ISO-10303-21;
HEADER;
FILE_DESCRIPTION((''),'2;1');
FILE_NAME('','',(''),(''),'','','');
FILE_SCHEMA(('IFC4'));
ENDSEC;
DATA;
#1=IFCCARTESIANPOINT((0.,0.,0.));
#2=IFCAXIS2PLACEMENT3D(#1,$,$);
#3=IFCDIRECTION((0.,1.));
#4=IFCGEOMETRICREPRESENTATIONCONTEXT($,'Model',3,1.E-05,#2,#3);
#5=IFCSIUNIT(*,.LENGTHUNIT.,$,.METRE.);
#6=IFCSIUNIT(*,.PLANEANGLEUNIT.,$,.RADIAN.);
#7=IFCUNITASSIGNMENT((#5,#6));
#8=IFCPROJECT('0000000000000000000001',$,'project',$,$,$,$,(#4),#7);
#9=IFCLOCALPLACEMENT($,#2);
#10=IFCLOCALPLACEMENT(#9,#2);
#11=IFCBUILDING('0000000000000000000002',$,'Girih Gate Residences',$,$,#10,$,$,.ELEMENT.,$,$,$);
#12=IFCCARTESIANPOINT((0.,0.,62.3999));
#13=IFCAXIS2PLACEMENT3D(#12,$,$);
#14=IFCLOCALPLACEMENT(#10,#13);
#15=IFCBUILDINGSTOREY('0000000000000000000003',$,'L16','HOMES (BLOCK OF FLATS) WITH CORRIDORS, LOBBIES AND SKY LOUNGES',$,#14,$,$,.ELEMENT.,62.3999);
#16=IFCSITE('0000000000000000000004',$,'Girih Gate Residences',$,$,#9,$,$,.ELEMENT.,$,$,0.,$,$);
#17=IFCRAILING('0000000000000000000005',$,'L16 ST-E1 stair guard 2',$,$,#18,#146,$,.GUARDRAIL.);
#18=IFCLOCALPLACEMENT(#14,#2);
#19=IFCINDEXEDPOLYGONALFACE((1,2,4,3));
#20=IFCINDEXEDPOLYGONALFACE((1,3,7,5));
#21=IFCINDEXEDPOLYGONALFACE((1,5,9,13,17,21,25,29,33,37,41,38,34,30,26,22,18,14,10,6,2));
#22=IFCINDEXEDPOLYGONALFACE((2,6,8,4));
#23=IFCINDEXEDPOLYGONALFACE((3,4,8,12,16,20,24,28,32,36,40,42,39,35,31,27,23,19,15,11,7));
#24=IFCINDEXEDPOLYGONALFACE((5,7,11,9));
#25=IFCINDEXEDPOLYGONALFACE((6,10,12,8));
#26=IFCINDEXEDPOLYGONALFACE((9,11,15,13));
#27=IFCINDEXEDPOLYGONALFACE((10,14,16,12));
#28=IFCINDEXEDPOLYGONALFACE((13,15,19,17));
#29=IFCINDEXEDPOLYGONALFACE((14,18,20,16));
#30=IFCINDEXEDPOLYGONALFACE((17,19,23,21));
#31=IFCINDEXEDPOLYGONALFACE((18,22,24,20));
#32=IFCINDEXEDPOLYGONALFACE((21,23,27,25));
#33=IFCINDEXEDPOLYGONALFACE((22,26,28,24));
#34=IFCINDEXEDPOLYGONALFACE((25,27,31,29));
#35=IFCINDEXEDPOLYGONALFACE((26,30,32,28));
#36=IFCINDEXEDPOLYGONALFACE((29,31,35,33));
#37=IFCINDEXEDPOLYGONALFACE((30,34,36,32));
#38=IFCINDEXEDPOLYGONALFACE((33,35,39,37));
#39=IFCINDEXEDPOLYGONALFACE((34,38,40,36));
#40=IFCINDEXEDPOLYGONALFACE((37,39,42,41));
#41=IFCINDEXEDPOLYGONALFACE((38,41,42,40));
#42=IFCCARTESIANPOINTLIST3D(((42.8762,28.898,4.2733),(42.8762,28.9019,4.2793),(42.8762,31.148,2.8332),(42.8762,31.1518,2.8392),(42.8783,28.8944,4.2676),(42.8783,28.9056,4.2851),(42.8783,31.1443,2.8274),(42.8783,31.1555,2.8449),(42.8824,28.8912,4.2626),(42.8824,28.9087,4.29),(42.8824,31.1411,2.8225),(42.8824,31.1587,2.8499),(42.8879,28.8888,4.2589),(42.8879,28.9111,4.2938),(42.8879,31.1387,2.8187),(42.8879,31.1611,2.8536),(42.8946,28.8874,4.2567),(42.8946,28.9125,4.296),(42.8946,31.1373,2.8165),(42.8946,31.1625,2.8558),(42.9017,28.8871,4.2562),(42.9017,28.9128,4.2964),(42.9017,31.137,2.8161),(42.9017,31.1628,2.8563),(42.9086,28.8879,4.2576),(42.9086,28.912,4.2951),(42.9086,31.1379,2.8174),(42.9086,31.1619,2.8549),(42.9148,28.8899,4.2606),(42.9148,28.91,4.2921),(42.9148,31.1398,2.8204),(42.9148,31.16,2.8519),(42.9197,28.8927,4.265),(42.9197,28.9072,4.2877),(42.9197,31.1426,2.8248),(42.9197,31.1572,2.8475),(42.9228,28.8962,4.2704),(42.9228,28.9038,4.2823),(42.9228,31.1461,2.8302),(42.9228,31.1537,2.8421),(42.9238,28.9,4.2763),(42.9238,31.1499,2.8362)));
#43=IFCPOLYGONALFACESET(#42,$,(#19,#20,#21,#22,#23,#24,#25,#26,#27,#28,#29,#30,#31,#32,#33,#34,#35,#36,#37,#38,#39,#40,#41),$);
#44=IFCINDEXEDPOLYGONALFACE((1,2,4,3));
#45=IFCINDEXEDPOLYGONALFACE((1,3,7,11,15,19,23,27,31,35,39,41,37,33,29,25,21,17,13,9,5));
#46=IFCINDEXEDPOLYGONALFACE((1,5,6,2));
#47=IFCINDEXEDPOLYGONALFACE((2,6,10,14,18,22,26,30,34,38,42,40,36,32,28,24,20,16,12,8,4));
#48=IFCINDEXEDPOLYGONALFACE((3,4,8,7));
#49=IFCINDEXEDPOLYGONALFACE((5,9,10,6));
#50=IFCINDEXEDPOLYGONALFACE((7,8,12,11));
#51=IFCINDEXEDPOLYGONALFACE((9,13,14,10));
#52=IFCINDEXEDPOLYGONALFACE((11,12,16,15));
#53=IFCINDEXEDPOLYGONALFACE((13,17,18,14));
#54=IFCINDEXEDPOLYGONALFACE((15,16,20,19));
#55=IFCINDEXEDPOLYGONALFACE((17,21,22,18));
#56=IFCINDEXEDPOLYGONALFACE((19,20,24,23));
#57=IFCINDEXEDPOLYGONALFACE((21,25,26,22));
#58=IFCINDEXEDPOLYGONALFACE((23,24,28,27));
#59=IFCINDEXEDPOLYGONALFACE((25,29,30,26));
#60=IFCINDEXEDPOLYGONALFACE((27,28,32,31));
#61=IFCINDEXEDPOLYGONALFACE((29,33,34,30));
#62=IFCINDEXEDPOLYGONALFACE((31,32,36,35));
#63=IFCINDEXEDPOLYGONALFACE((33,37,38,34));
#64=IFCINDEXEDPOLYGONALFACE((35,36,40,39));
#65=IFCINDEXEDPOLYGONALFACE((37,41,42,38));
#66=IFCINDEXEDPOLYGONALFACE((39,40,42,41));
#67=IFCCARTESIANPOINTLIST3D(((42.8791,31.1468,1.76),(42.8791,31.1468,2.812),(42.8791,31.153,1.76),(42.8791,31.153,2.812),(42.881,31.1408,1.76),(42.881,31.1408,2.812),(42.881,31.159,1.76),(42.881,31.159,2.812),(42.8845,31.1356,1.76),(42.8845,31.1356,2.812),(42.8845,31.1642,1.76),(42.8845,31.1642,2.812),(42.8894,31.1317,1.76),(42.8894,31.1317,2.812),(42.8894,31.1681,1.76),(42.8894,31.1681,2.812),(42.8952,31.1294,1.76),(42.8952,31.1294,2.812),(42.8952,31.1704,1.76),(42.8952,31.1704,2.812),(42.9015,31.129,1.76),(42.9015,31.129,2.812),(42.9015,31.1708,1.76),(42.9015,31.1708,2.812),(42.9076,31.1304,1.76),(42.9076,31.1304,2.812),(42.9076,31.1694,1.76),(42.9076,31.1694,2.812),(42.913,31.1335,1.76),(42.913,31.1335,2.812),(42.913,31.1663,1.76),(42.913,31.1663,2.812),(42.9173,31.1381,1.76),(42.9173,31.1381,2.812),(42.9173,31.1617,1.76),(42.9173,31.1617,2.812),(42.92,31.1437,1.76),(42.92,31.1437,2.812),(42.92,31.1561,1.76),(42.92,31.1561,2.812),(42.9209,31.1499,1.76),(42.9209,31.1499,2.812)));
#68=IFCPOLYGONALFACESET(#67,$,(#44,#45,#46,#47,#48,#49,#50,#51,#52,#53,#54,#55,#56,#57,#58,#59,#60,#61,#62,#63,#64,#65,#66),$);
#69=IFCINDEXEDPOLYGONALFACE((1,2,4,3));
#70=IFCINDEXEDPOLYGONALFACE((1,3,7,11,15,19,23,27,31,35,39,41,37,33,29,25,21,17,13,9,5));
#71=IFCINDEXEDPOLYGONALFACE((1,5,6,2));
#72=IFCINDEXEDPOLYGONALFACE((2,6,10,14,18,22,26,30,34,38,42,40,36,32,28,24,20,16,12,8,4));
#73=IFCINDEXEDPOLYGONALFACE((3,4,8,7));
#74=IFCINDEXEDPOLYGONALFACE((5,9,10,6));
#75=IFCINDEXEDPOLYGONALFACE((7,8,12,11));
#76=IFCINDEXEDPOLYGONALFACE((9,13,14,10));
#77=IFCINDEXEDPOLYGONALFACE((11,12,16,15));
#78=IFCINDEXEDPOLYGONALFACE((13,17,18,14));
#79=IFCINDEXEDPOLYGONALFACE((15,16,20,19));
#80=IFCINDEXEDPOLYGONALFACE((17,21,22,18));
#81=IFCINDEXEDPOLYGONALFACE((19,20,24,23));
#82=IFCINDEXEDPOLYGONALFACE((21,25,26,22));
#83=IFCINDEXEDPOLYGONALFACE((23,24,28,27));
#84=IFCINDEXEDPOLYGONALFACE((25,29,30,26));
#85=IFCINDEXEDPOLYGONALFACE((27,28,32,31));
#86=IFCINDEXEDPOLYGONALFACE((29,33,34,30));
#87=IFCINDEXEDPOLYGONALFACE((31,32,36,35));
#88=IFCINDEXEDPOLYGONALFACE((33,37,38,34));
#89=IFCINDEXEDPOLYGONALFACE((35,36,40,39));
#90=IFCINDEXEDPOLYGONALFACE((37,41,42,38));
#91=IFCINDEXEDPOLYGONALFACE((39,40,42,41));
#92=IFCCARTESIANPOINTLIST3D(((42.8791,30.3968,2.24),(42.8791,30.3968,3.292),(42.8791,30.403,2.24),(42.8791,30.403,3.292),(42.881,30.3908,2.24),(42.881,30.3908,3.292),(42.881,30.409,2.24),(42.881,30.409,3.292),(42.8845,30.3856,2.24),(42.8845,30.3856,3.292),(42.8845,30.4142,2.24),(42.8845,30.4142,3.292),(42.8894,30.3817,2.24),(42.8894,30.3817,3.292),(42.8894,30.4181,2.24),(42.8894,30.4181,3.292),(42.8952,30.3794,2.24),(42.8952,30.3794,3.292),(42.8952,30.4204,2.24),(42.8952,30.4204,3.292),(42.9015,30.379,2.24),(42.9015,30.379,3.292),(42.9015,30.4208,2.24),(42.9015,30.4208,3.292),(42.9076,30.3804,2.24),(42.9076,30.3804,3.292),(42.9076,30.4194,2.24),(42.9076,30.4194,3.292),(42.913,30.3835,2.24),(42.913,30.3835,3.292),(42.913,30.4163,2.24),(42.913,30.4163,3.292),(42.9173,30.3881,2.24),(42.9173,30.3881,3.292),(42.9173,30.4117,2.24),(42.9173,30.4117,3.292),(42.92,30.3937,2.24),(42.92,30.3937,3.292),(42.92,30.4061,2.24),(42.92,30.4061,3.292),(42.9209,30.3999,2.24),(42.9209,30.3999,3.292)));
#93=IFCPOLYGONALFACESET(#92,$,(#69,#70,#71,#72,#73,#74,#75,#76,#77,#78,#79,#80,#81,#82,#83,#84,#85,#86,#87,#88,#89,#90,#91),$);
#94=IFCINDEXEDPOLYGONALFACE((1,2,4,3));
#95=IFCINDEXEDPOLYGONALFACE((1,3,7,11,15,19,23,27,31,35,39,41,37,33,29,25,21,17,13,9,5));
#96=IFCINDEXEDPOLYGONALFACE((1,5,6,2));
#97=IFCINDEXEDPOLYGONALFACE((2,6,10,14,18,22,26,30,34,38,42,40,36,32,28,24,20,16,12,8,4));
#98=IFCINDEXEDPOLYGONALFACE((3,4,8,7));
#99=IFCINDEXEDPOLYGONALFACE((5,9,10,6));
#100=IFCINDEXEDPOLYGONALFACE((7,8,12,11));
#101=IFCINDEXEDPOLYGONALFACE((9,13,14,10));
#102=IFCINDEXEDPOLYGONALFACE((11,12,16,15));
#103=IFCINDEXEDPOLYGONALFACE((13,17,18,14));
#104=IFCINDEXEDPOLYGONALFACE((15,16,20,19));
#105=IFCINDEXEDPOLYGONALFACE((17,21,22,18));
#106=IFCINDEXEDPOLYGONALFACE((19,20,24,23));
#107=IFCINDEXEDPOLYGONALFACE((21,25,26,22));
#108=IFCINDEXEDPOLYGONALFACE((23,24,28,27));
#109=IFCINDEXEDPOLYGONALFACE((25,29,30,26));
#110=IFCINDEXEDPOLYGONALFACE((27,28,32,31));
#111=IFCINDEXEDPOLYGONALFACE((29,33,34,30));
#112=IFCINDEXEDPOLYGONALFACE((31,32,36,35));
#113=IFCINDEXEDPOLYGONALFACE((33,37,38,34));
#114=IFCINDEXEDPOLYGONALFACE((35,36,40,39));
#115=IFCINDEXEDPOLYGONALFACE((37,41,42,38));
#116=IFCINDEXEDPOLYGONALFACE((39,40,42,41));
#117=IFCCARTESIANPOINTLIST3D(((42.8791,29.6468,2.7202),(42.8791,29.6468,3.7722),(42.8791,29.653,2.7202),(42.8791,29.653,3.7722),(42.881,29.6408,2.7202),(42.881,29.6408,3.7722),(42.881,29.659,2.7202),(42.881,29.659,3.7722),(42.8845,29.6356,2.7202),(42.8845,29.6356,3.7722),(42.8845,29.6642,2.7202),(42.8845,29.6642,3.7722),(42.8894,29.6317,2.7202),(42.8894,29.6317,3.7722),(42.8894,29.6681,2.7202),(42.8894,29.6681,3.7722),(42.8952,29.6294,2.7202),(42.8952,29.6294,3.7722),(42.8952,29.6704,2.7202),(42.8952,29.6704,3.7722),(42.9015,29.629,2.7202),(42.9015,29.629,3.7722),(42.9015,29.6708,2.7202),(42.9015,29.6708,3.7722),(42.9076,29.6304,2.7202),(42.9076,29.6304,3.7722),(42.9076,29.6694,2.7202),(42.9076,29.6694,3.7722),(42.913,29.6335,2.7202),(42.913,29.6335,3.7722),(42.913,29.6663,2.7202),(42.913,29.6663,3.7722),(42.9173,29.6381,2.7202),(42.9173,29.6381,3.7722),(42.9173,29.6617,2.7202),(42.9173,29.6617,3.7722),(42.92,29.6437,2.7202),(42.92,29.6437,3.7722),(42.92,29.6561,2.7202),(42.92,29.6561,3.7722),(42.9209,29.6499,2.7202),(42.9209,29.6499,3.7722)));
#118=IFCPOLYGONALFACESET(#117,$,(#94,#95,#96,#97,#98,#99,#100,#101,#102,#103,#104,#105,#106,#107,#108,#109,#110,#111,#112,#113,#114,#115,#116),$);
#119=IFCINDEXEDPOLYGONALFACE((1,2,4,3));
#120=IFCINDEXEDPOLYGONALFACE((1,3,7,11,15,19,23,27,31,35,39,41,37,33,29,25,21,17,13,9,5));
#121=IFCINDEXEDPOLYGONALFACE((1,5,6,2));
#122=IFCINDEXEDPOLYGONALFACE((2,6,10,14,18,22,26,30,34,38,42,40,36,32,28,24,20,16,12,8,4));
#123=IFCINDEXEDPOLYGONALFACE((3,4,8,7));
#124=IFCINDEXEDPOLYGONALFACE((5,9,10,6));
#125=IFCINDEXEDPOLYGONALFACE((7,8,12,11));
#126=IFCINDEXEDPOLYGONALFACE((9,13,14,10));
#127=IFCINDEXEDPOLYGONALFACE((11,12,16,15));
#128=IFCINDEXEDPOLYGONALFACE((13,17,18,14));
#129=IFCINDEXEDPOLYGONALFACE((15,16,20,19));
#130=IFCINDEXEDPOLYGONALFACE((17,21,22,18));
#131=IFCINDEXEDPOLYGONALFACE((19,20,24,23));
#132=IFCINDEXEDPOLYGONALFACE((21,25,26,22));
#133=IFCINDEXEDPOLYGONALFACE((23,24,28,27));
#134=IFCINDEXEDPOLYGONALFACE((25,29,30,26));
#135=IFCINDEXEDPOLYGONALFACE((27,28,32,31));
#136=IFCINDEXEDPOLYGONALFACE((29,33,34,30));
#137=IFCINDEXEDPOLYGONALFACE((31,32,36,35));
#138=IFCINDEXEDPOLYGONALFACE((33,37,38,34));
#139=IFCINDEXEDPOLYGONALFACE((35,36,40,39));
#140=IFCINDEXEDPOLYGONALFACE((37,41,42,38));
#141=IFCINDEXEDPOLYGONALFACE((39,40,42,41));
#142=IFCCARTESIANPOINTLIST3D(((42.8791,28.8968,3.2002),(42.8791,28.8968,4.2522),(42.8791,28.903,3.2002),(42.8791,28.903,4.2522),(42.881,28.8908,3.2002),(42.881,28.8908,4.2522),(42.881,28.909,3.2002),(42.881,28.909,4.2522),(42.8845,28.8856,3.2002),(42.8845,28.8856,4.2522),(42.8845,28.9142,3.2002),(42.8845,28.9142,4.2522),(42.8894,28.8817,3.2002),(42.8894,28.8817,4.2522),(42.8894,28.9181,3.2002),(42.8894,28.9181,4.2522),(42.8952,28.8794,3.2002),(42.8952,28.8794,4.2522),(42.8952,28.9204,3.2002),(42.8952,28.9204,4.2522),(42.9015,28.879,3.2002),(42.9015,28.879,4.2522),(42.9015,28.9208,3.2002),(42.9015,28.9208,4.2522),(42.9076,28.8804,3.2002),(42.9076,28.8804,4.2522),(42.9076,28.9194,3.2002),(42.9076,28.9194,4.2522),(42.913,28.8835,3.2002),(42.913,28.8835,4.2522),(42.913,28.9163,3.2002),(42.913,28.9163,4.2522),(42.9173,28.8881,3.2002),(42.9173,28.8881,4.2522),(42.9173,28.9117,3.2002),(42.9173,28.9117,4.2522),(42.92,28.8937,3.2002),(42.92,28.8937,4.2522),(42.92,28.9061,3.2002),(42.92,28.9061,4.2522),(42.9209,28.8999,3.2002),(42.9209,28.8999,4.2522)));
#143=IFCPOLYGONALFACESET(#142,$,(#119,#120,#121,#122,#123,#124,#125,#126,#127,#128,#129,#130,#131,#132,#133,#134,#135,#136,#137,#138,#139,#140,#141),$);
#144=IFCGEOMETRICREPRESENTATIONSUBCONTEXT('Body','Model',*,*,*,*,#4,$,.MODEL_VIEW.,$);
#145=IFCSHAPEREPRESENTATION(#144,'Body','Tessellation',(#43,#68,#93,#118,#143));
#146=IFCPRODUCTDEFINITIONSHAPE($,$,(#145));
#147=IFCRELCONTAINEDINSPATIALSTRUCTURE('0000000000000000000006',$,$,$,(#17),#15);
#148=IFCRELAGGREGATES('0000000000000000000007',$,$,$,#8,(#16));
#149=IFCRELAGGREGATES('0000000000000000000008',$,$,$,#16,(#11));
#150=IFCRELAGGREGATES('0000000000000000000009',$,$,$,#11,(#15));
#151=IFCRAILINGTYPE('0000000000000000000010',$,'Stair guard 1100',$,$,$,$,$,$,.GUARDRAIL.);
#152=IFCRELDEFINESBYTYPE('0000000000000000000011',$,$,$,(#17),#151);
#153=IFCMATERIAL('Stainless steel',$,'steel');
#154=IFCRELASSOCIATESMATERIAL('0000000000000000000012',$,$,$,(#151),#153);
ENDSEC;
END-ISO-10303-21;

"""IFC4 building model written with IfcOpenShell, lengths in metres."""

from ifc_helpers import new_model, si_unit, direction, frame, origin, origin_2d, place, context, subcontext, project, spatial, circle, extrude, material, type_object, element, save


model = new_model("IFC4")

# Units and contexts
model_context = context("Model", 3, precision=1e-05, world=origin(), true_north=direction((0.0, 1.0)))
body_context = subcontext(model_context, "Body", "Model", "MODEL_VIEW")
ifc_project = project(units=[si_unit("LENGTHUNIT", "METRE"), si_unit("PLANEANGLEUNIT", "RADIAN")], contexts=[model_context])

# Site, building, storey
site_placement = place(None, origin())
site = spatial("IfcSite", under=ifc_project, at=site_placement, Name="Girih Gate Residences", CompositionType="ELEMENT", RefElevation=0.0)
building_placement = place(site_placement, origin())
building = spatial("IfcBuilding", under=site, at=building_placement, Name="Girih Gate Residences", CompositionType="ELEMENT")
storey_placement = place(building_placement, frame((0.0, 0.0, 62.3999)))
storey = spatial("IfcBuildingStorey", under=building, at=storey_placement, Name="L16", Description="HOMES (BLOCK OF FLATS) WITH CORRIDORS, LOBBIES AND SKY LOUNGES", CompositionType="ELEMENT", Elevation=62.3999)

# Railing
ifc_material_1 = material(Name="Stainless steel", Category="steel")
railing_type_1 = type_object("IfcRailingType", Name="Stair guard 1100", PredefinedType="GUARDRAIL", material=ifc_material_1)
railing_1_placement = place(storey_placement, frame((42.8999, 31.1499, 1.76)))
element("IfcRailing", 1, at=railing_1_placement, inside=storey, type_object=railing_type_1, Name="L16 ST-E1 stair guard 2", PredefinedType="GUARDRAIL", context=body_context, shape_type="SweptSolid", body=[
    extrude(circle(Radius=0.0239, at=origin_2d()), frame((0.0, 0.0, 1.0762), z_axis=(0.0, -0.84224, 0.539103), x_axis=(1.0, 0.0, 0.0)), (0.0, 0.0, 1.0), 2.6714),
    extrude(circle(Radius=0.021, at=origin_2d()), origin(), (0.0, 0.0, 1.0), 1.052),
    extrude(circle(Radius=0.021, at=origin_2d()), frame((0.0, -0.75, 0.48)), (0.0, 0.0, 1.0), 1.052),
    extrude(circle(Radius=0.021, at=origin_2d()), frame((0.0, -1.5, 0.9602)), (0.0, 0.0, 1.0), 1.052),
    extrude(circle(Radius=0.021, at=origin_2d()), frame((0.0, -2.25, 1.4402)), (0.0, 0.0, 1.0), 1.052),
])

save(model, "model.ifc")
